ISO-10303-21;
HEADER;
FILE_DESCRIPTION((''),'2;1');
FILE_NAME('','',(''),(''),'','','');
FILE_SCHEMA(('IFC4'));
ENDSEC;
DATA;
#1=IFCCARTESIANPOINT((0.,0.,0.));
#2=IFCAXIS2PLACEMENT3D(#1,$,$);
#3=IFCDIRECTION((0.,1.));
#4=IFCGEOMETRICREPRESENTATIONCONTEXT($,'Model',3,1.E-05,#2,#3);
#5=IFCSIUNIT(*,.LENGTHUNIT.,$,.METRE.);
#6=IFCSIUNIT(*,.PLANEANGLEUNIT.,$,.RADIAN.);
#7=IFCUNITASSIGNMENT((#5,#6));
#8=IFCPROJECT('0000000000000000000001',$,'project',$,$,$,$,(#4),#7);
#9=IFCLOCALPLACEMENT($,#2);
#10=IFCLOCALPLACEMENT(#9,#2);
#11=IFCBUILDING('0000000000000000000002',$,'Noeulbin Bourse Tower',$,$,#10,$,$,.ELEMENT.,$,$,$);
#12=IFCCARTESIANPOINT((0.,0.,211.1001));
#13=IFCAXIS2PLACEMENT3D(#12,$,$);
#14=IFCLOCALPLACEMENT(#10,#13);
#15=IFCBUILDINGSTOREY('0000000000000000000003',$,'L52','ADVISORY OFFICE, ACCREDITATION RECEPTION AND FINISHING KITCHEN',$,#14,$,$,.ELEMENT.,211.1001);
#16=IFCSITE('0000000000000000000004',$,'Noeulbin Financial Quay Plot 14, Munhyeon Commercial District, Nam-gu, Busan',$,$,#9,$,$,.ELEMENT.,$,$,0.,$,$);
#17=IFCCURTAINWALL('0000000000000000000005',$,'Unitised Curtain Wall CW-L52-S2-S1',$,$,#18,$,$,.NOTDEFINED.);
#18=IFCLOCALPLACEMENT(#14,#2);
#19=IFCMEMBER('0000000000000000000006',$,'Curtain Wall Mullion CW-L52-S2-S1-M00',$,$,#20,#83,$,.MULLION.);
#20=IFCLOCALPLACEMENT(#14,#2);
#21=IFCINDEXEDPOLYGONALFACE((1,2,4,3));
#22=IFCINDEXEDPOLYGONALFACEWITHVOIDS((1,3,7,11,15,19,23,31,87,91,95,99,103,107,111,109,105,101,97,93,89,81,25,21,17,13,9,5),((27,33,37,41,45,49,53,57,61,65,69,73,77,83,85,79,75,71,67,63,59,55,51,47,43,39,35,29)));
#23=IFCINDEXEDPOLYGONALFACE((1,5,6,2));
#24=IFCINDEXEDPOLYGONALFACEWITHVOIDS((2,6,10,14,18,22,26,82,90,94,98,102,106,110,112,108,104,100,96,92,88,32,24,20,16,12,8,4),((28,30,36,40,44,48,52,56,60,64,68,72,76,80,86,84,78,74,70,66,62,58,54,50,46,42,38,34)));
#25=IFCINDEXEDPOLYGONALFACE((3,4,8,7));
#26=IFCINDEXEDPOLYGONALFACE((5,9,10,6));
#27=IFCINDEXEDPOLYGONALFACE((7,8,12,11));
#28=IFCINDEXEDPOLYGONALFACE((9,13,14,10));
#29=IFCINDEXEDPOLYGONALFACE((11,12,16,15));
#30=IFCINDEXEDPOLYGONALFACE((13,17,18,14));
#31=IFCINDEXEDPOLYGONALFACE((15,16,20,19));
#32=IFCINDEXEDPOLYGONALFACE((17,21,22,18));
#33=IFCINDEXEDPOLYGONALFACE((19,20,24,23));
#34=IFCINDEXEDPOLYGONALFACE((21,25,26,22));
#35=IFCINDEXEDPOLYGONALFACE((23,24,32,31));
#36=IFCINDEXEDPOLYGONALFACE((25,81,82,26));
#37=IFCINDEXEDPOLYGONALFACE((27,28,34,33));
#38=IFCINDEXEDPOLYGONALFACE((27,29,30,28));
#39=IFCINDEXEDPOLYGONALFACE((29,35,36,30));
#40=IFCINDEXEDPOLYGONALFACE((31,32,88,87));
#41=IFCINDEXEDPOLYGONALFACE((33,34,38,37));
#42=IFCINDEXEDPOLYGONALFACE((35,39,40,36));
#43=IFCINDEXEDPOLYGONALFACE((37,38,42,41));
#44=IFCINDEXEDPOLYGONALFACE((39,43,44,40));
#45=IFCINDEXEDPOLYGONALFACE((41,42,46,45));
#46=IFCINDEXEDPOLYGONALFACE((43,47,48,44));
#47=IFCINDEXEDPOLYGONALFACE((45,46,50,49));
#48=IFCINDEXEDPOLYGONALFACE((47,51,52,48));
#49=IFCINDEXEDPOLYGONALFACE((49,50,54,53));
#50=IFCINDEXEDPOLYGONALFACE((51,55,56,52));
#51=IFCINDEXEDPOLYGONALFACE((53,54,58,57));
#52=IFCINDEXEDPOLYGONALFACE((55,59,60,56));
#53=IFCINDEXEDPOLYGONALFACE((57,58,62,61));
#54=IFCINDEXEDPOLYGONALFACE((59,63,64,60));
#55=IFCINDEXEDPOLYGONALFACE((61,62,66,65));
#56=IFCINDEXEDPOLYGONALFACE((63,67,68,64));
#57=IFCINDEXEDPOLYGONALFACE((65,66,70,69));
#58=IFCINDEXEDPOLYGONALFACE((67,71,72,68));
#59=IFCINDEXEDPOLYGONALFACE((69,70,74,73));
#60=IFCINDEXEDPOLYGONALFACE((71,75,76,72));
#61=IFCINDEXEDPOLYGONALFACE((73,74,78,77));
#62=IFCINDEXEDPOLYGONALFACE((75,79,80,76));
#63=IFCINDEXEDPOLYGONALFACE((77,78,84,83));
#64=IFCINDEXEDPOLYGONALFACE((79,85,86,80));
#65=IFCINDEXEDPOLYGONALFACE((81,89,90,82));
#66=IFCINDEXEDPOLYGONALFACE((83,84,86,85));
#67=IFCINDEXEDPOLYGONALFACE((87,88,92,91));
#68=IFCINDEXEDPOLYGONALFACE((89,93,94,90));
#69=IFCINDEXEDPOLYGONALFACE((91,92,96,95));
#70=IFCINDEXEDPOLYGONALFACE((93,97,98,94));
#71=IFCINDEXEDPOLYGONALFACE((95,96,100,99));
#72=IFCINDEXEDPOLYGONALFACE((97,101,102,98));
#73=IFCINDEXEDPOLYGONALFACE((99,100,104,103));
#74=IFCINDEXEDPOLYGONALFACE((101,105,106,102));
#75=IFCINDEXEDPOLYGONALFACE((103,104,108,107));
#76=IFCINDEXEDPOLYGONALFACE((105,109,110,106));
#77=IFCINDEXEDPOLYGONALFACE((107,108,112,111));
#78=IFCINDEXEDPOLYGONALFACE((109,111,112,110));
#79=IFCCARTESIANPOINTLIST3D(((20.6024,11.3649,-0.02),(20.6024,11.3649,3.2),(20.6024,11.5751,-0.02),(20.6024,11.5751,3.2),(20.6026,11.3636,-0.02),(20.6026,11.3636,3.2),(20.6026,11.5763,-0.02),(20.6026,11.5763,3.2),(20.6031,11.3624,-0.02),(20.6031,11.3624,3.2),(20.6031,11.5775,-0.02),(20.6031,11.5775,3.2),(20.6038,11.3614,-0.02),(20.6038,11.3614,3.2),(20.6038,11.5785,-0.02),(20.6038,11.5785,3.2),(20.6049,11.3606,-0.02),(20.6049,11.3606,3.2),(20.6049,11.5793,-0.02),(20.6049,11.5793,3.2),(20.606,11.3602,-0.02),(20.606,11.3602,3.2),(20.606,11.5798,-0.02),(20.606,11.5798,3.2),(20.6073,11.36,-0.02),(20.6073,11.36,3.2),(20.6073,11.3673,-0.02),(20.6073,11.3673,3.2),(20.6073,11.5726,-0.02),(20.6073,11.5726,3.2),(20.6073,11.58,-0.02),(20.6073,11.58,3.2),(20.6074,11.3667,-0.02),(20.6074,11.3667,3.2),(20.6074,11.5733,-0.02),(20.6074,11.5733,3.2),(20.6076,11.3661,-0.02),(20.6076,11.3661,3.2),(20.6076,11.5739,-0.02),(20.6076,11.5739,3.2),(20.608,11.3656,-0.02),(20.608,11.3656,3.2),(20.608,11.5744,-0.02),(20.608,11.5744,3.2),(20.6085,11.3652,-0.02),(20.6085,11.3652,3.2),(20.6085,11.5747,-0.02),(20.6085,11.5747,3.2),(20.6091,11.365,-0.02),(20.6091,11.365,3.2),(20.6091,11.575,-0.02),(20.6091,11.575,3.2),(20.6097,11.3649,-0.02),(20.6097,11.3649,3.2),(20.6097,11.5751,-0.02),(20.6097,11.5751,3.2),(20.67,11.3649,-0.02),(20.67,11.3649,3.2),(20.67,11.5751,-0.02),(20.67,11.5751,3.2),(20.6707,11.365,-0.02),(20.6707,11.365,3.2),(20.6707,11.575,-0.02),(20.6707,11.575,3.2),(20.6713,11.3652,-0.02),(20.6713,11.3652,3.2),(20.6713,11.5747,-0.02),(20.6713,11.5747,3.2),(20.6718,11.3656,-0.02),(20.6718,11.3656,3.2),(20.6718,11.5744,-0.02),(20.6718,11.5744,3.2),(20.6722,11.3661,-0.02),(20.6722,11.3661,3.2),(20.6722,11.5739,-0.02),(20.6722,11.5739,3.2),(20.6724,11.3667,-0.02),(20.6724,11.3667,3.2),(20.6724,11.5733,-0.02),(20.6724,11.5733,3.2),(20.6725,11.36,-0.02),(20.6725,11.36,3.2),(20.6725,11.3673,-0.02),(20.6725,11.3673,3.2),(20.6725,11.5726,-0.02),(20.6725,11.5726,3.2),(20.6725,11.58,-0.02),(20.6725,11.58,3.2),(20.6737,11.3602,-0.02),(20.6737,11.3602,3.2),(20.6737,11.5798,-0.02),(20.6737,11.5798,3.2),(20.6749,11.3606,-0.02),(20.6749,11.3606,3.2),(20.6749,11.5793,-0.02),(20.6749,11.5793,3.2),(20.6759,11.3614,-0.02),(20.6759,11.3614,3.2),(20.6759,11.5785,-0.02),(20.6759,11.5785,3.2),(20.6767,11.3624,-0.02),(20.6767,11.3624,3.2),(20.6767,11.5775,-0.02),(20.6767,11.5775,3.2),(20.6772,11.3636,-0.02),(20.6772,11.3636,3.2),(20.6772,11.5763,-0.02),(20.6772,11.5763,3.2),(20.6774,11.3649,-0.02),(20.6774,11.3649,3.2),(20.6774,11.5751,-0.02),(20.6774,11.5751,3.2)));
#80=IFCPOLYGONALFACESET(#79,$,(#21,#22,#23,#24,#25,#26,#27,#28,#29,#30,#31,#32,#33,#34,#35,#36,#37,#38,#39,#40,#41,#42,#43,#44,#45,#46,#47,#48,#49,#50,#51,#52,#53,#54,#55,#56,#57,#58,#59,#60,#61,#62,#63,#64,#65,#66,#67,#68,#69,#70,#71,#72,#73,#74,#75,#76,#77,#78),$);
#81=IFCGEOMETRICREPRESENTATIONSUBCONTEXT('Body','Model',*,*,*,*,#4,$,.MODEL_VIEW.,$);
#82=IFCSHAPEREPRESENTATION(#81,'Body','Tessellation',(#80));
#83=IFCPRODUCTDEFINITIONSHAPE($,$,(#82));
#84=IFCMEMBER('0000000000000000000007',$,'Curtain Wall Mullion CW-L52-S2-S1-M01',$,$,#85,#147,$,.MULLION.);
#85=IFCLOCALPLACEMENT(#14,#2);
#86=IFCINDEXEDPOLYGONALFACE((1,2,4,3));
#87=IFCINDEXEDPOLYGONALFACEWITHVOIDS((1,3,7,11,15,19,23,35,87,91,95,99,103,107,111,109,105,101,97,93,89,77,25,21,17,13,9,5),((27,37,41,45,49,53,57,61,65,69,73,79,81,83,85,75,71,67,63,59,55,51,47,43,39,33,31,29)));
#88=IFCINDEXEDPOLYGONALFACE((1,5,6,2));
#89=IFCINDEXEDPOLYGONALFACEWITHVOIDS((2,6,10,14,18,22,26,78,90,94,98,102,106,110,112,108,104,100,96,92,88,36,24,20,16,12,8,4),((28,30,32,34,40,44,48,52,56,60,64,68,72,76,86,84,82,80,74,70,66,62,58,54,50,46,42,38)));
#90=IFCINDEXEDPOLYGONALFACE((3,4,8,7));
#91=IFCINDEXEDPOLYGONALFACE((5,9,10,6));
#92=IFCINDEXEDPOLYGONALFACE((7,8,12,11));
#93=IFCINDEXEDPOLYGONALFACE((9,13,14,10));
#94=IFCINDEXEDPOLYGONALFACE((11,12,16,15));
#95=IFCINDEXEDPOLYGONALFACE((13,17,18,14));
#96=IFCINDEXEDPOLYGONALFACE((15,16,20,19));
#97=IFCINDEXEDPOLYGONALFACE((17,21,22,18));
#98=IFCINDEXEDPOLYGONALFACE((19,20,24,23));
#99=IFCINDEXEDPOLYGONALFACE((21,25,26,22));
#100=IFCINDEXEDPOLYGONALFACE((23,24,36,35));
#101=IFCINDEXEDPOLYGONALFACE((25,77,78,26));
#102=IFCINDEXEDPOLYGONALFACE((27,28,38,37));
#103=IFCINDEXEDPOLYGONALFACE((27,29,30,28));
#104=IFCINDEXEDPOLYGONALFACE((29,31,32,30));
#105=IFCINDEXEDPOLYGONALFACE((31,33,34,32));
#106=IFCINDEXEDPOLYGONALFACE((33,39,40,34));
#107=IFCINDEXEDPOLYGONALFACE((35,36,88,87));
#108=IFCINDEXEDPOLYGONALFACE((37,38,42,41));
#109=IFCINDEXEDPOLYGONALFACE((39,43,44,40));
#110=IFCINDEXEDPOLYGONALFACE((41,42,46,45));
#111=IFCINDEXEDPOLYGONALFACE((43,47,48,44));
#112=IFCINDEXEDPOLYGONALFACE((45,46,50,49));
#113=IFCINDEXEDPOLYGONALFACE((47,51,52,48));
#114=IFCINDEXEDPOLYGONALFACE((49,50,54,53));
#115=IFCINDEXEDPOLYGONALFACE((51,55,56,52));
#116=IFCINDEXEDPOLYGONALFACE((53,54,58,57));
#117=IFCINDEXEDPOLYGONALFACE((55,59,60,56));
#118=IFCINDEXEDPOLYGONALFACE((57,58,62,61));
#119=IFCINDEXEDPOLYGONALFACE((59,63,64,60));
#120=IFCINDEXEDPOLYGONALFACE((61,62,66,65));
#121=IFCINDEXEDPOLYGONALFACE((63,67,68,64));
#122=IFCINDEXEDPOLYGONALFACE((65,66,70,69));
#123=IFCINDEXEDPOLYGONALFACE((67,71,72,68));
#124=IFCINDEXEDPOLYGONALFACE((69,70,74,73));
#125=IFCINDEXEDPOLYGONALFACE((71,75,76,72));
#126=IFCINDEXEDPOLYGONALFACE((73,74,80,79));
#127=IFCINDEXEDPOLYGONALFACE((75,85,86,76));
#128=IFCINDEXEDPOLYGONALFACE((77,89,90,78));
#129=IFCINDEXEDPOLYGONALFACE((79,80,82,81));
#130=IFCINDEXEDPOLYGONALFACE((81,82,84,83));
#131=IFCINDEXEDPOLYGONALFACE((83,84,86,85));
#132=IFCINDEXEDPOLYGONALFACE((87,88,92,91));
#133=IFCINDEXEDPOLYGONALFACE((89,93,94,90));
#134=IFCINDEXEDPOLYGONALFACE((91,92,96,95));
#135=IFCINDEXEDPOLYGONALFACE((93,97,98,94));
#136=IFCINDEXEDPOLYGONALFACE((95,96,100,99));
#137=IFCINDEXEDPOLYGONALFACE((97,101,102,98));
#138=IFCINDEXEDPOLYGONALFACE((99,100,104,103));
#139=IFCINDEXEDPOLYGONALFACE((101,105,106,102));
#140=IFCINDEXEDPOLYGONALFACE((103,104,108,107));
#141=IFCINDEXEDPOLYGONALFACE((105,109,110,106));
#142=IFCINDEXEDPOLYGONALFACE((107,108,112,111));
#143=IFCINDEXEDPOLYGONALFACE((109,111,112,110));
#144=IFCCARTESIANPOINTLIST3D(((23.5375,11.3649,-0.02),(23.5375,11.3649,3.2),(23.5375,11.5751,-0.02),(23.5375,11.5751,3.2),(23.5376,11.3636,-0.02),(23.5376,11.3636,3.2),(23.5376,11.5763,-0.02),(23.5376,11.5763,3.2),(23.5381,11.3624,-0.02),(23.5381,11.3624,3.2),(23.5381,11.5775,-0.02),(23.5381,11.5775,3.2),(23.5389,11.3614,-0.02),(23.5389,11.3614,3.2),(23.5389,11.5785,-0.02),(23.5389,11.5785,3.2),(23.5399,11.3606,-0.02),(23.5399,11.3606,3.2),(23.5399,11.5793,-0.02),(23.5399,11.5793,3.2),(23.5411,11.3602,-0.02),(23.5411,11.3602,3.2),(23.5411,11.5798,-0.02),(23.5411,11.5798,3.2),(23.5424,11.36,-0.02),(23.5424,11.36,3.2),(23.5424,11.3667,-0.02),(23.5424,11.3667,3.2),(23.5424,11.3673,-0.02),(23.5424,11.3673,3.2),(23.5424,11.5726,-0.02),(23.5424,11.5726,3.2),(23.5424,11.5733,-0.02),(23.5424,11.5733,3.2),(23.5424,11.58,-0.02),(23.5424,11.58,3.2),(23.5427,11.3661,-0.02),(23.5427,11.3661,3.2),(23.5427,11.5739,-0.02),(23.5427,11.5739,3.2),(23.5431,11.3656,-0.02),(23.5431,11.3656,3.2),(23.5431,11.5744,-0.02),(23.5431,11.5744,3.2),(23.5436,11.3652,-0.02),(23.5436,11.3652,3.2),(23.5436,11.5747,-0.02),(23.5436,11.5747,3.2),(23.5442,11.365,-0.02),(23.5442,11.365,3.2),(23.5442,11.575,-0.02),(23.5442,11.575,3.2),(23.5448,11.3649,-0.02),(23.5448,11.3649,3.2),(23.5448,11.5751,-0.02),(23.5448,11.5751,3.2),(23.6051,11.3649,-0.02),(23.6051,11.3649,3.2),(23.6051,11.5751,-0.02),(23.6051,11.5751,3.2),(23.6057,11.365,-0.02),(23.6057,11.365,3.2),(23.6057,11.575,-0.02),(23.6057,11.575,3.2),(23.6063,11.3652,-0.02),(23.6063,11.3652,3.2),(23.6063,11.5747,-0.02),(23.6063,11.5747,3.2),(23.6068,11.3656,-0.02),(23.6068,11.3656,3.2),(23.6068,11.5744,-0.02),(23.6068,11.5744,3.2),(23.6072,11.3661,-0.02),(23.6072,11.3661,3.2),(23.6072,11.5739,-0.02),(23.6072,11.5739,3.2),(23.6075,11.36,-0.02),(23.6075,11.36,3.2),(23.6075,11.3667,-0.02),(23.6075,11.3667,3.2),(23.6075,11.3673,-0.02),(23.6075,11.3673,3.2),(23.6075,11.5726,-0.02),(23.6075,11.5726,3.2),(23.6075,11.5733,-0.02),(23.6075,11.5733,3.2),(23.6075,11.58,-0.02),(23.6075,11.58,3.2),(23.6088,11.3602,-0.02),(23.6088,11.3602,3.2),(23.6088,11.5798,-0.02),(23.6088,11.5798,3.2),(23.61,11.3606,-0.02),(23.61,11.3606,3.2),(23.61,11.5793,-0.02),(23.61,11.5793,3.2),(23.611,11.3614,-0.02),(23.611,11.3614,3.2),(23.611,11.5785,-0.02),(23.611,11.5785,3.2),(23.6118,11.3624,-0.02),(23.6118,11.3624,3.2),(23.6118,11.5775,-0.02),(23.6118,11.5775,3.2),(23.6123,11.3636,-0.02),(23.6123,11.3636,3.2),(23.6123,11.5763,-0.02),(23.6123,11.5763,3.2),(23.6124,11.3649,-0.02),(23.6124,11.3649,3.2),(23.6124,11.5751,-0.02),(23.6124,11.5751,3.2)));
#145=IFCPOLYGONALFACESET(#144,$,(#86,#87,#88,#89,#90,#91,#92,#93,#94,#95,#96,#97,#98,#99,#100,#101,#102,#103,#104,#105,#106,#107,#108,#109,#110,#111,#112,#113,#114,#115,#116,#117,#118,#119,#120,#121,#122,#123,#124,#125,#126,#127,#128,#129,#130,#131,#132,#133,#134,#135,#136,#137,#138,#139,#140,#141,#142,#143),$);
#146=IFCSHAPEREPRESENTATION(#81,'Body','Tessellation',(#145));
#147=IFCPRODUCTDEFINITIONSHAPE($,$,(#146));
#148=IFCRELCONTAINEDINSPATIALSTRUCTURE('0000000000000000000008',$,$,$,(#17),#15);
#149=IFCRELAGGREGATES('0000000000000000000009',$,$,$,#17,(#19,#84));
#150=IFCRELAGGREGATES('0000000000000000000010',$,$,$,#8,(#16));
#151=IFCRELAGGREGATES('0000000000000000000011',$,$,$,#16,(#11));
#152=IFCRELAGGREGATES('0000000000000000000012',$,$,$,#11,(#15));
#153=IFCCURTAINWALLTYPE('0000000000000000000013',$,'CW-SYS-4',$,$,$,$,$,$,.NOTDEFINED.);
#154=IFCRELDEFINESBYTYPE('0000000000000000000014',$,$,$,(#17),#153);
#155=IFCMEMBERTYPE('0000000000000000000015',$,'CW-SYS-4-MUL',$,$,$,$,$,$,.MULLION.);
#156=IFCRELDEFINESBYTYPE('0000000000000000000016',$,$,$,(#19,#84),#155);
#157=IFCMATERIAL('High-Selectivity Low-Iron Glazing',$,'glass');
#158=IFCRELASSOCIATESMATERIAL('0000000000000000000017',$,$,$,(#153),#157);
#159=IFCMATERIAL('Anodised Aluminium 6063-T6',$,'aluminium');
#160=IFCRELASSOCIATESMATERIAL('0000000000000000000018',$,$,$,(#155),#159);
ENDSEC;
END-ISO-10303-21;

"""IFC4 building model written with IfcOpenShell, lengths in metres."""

from ifc_helpers import new_model, si_unit, direction, frame, origin, origin_2d, place, context, subcontext, project, spatial, hollow_rectangle, extrude, material, material_profile, profile_set, type_object, element, aggregate, save


model = new_model("IFC4")

# Units and contexts
model_context = context("Model", 3, precision=1e-05, world=origin(), true_north=direction((0.0, 1.0)))
body_context = subcontext(model_context, "Body", "Model", "MODEL_VIEW")
ifc_project = project(units=[si_unit("LENGTHUNIT", "METRE"), si_unit("PLANEANGLEUNIT", "RADIAN")], contexts=[model_context])

# Site, building, storey
site_placement = place(None, origin())
site = spatial("IfcSite", under=ifc_project, at=site_placement, Name="Noeulbin Financial Quay Plot 14, Munhyeon Commercial District, Nam-gu, Busan", CompositionType="ELEMENT", RefElevation=0.0)
building_placement = place(site_placement, origin())
building = spatial("IfcBuilding", under=site, at=building_placement, Name="Noeulbin Bourse Tower", CompositionType="ELEMENT")
storey_placement = place(building_placement, frame((0.0, 0.0, 211.1001)))
storey = spatial("IfcBuildingStorey", under=building, at=storey_placement, Name="L52", Description="ADVISORY OFFICE, ACCREDITATION RECEPTION AND FINISHING KITCHEN", CompositionType="ELEMENT", Elevation=211.1001)

# Curtain wall, members
ifc_material_1 = material(Name="High-Selectivity Low-Iron Glazing", Category="glass")
curtain_wall_type = type_object("IfcCurtainWallType", Name="CW-SYS-4", PredefinedType="NOTDEFINED", material=ifc_material_1)
ifc_material_2 = material(Name="Anodised Aluminium 6063-T6", Category="aluminium")
ifc_material_profile_1 = material_profile(ifc_material_2, hollow_rectangle(XDim=0.075, YDim=0.22, WallThickness=0.0049, InnerFilletRadius=0.0024, OuterFilletRadius=0.0049, at=origin_2d()), Name="ALU-MULL-75x220x5", Category="LoadBearing")
ifc_profile_set_1 = profile_set([ifc_material_profile_1], Name="Anodised Aluminium 6063-T6")
member_type_1 = type_object("IfcMemberType", Name="CW-SYS-4-MUL", PredefinedType="MULLION", material=ifc_profile_set_1)
curtain_wall_1_placement = place(storey_placement, origin())
curtain_wall_1 = element("IfcCurtainWall", 1, at=curtain_wall_1_placement, inside=storey, type_object=curtain_wall_type, Name="Unitised Curtain Wall CW-L52-S2-S1", PredefinedType="NOTDEFINED")
member_1_placement = place(storey_placement, frame((20.6399, 11.47, -0.02), z_axis=(0.0, 0.0, 1.0), x_axis=(1.0, 0.0, 0.0)))
member_1 = element("IfcMember", 2, at=member_1_placement, type_object=member_type_1, Name="Curtain Wall Mullion CW-L52-S2-S1-M00", PredefinedType="MULLION", context=body_context, shape_type="SweptSolid", body=[
    extrude(hollow_rectangle(XDim=0.075, YDim=0.22, WallThickness=0.0049, InnerFilletRadius=0.0024, OuterFilletRadius=0.0049, at=origin_2d()), origin(), (0.0, 0.0, 1.0), 3.22),
])
member_2_placement = place(storey_placement, frame((23.575, 11.47, -0.02), z_axis=(0.0, 0.0, 1.0), x_axis=(1.0, 0.0, 0.0)))
member_2 = element("IfcMember", 3, at=member_2_placement, type_object=member_type_1, Name="Curtain Wall Mullion CW-L52-S2-S1-M01", PredefinedType="MULLION", context=body_context, shape_type="SweptSolid", body=[
    extrude(hollow_rectangle(XDim=0.075, YDim=0.22, WallThickness=0.0049, InnerFilletRadius=0.0024, OuterFilletRadius=0.0049, at=origin_2d()), origin(), (0.0, 0.0, 1.0), 3.22),
])

aggregate(curtain_wall_1, [member_1, member_2])

save(model, "model.ifc")
